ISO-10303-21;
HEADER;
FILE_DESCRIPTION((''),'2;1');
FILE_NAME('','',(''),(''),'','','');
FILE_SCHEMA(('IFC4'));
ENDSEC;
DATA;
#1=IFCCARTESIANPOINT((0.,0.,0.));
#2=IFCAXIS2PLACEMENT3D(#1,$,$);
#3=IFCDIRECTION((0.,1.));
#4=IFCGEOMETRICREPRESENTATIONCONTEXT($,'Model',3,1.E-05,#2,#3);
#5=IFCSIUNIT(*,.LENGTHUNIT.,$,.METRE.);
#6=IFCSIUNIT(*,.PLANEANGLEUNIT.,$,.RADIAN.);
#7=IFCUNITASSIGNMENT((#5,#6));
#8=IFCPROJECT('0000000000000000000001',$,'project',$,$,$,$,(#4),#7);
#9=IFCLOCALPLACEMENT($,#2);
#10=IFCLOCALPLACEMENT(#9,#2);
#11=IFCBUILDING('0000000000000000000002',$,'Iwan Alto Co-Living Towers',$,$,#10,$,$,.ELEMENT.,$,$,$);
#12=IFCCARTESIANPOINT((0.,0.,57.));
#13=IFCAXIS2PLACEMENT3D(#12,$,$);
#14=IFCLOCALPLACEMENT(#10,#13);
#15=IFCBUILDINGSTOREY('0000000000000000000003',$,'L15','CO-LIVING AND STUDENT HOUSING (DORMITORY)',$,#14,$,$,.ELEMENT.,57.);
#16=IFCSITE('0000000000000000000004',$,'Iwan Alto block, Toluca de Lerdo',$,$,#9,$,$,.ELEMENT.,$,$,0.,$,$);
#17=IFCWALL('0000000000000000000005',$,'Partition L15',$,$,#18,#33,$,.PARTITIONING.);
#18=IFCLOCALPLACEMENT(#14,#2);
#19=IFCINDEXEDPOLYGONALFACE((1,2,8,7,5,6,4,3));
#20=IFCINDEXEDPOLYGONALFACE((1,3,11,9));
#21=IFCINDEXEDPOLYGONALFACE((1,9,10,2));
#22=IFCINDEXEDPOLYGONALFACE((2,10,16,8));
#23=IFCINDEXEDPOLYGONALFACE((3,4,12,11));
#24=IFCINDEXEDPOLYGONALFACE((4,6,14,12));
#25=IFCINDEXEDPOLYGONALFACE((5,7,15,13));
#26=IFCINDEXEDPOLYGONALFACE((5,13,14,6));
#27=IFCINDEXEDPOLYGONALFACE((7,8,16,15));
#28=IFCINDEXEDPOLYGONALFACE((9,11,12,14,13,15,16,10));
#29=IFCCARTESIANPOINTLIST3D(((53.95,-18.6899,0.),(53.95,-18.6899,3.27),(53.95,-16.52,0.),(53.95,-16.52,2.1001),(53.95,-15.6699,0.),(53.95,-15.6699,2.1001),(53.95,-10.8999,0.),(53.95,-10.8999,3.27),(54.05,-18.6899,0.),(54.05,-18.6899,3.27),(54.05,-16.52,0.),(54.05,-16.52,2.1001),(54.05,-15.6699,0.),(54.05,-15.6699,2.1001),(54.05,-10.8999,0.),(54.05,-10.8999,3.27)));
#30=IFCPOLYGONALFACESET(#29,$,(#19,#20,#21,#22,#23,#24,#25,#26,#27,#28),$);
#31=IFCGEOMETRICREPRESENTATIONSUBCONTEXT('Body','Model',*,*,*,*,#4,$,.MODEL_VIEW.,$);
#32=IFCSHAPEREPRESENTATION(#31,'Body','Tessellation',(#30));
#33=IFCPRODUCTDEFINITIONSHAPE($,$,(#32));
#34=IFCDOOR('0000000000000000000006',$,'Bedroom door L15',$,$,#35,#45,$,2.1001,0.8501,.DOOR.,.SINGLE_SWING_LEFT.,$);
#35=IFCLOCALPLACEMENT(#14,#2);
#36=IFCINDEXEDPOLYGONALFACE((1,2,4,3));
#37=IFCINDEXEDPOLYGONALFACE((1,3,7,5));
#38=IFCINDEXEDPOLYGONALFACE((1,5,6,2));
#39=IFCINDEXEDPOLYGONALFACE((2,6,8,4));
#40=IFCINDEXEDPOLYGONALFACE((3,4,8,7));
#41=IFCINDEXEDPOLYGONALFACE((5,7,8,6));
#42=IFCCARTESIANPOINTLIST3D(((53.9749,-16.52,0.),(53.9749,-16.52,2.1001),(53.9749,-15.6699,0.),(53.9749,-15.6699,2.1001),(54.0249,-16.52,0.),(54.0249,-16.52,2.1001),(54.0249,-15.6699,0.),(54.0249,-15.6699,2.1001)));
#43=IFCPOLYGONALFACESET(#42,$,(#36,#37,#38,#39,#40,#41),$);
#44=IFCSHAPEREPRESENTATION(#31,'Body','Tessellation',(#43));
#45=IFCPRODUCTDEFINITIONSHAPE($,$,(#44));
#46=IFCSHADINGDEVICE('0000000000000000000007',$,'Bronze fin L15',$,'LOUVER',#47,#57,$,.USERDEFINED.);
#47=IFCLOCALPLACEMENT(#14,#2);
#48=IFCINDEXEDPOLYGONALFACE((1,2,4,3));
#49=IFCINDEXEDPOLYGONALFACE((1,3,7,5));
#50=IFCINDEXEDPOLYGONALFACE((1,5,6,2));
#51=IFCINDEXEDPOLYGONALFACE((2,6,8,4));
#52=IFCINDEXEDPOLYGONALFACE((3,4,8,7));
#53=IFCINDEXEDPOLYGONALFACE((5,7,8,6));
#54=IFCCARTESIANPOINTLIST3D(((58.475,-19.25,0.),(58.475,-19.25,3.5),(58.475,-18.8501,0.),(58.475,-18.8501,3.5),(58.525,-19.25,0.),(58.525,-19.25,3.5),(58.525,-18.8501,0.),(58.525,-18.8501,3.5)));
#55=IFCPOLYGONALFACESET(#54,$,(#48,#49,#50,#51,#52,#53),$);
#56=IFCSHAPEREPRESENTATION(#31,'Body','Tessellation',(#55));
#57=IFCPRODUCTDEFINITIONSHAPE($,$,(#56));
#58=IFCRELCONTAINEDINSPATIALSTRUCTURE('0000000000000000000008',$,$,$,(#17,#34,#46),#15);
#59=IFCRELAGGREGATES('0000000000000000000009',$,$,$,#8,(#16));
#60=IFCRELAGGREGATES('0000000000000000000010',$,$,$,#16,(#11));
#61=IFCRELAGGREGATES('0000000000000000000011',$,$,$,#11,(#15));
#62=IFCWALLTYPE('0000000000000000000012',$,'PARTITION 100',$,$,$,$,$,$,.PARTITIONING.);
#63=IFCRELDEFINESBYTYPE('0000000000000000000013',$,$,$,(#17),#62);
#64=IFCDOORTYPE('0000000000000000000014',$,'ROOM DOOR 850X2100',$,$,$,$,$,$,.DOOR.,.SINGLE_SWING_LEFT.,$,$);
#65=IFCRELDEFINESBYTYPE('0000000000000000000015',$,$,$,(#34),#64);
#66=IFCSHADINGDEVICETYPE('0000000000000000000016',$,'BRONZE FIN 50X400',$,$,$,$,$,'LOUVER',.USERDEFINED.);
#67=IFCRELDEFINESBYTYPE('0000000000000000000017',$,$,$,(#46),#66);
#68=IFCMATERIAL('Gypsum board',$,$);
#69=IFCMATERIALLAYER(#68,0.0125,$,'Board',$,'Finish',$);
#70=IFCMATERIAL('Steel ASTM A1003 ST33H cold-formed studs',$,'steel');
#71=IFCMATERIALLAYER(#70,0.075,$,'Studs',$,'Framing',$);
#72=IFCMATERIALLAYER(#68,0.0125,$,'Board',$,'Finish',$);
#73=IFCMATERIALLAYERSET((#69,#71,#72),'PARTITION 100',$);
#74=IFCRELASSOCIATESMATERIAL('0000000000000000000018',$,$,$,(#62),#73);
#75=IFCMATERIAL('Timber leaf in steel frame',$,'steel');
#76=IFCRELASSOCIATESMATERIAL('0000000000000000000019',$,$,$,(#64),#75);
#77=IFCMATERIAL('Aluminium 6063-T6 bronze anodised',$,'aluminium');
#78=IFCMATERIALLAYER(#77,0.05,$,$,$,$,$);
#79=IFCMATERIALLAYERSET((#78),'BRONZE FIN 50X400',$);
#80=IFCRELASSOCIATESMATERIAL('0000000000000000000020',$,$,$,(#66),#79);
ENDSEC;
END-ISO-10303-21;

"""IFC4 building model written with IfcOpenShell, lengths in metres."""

from ifc_helpers import new_model, si_unit, direction, frame, frame_2d, origin, origin_2d, place, context, subcontext, project, spatial, rectangle, extrude, material, layer, layer_set, type_object, element, fill, save


model = new_model("IFC4")

# Units and contexts
model_context = context("Model", 3, precision=1e-05, world=origin(), true_north=direction((0.0, 1.0)))
body_context = subcontext(model_context, "Body", "Model", "MODEL_VIEW")
ifc_project = project(units=[si_unit("LENGTHUNIT", "METRE"), si_unit("PLANEANGLEUNIT", "RADIAN")], contexts=[model_context])

# Site, building, storey
site_placement = place(None, origin())
site = spatial("IfcSite", under=ifc_project, at=site_placement, Name="Iwan Alto block, Toluca de Lerdo", CompositionType="ELEMENT", RefElevation=0.0)
building_placement = place(site_placement, origin())
building = spatial("IfcBuilding", under=site, at=building_placement, Name="Iwan Alto Co-Living Towers", CompositionType="ELEMENT")
storey_placement = place(building_placement, frame((0.0, 0.0, 57.0)))
storey = spatial("IfcBuildingStorey", under=building, at=storey_placement, Name="L15", Description="CO-LIVING AND STUDENT HOUSING (DORMITORY)", CompositionType="ELEMENT", Elevation=57.0)

# Shared definitions
ifc_material_1 = material(Name="Gypsum board")
ifc_layer_1 = layer(ifc_material_1, 0.0125, Name="Board", Category="Finish")
ifc_material_2 = material(Name="Steel ASTM A1003 ST33H cold-formed studs", Category="steel")
ifc_layer_2 = layer(ifc_material_2, 0.075, Name="Studs", Category="Framing")
ifc_layer_3 = layer(ifc_material_1, 0.0125, Name="Board", Category="Finish")
ifc_layer_set_1 = layer_set([ifc_layer_1, ifc_layer_2, ifc_layer_3], Name="PARTITION 100")
wall_type = type_object("IfcWallType", Name="PARTITION 100", PredefinedType="PARTITIONING", material=ifc_layer_set_1)

# Wall, opening, door
wall_1_placement = place(storey_placement, frame((54.0, -18.6899, 0.0), z_axis=(0.0, 0.0, 1.0), x_axis=(0.0, 1.0, 0.0)))
wall_1 = element("IfcWall", 1, at=wall_1_placement, inside=storey, type_object=wall_type, Name="Partition L15", PredefinedType="PARTITIONING", context=body_context, shape_type="SweptSolid", body=[
    extrude(rectangle(XDim=7.79, YDim=0.1001, at=frame_2d((3.895, 0.0))), origin(), (0.0, 0.0, 1.0), 3.27),
])
opening_placement = place(wall_1_placement, frame((2.1699, 0.0, 0.0)))
opening = element("IfcOpeningElement", 2, at=opening_placement, cuts=wall_1, PredefinedType="OPENING", context=body_context, shape_type="SweptSolid", body=[
    extrude(rectangle(XDim=0.8501, YDim=2.1001, at=frame_2d((0.425, 1.05))), frame((0.0, 0.0601, 0.0), z_axis=(0.0, -1.0, 0.0), x_axis=(1.0, 0.0, 0.0)), (0.0, 0.0, 1.0), 0.1201),
])
ifc_material_3 = material(Name="Timber leaf in steel frame", Category="steel")
door_type = type_object("IfcDoorType", Name="ROOM DOOR 850X2100", OperationType="SINGLE_SWING_LEFT", PredefinedType="DOOR", material=ifc_material_3)
door_placement = place(opening_placement, frame((0.8501, 0.0, 0.0), z_axis=(0.0, 0.0, 1.0), x_axis=(-1.0, 0.0, 0.0)))
door = element("IfcDoor", 3, at=door_placement, inside=storey, type_object=door_type, Name="Bedroom door L15", OperationType="SINGLE_SWING_LEFT", OverallHeight=2.1001, OverallWidth=0.8501, PredefinedType="DOOR", context=body_context, shape_type="SweptSolid", body=[
    extrude(rectangle(XDim=0.8501, YDim=2.1001, at=frame_2d((0.425, 1.05))), frame((0.0, 0.0249, 0.0), z_axis=(0.0, -1.0, 0.0), x_axis=(1.0, 0.0, 0.0)), (0.0, 0.0, 1.0), 0.05),
])
fill(opening, door)

# Shading device
ifc_material_4 = material(Name="Aluminium 6063-T6 bronze anodised", Category="aluminium")
ifc_layer_4 = layer(ifc_material_4, 0.05)
ifc_layer_set_2 = layer_set([ifc_layer_4], Name="BRONZE FIN 50X400")
shading_device_type = type_object("IfcShadingDeviceType", Name="BRONZE FIN 50X400", ElementType="LOUVER", PredefinedType="USERDEFINED", material=ifc_layer_set_2)
shading_device_placement = place(storey_placement, frame((58.5, -19.05, 0.0), z_axis=(0.0, 0.0, 1.0), x_axis=(1.0, 0.0, 0.0)))
element("IfcShadingDevice", 4, at=shading_device_placement, inside=storey, type_object=shading_device_type, Name="Bronze fin L15", ObjectType="LOUVER", PredefinedType="USERDEFINED", context=body_context, shape_type="SweptSolid", body=[
    extrude(rectangle(XDim=0.05, YDim=0.3999, at=origin_2d()), origin(), (0.0, 0.0, 1.0), 3.5),
])

save(model, "model.ifc")
